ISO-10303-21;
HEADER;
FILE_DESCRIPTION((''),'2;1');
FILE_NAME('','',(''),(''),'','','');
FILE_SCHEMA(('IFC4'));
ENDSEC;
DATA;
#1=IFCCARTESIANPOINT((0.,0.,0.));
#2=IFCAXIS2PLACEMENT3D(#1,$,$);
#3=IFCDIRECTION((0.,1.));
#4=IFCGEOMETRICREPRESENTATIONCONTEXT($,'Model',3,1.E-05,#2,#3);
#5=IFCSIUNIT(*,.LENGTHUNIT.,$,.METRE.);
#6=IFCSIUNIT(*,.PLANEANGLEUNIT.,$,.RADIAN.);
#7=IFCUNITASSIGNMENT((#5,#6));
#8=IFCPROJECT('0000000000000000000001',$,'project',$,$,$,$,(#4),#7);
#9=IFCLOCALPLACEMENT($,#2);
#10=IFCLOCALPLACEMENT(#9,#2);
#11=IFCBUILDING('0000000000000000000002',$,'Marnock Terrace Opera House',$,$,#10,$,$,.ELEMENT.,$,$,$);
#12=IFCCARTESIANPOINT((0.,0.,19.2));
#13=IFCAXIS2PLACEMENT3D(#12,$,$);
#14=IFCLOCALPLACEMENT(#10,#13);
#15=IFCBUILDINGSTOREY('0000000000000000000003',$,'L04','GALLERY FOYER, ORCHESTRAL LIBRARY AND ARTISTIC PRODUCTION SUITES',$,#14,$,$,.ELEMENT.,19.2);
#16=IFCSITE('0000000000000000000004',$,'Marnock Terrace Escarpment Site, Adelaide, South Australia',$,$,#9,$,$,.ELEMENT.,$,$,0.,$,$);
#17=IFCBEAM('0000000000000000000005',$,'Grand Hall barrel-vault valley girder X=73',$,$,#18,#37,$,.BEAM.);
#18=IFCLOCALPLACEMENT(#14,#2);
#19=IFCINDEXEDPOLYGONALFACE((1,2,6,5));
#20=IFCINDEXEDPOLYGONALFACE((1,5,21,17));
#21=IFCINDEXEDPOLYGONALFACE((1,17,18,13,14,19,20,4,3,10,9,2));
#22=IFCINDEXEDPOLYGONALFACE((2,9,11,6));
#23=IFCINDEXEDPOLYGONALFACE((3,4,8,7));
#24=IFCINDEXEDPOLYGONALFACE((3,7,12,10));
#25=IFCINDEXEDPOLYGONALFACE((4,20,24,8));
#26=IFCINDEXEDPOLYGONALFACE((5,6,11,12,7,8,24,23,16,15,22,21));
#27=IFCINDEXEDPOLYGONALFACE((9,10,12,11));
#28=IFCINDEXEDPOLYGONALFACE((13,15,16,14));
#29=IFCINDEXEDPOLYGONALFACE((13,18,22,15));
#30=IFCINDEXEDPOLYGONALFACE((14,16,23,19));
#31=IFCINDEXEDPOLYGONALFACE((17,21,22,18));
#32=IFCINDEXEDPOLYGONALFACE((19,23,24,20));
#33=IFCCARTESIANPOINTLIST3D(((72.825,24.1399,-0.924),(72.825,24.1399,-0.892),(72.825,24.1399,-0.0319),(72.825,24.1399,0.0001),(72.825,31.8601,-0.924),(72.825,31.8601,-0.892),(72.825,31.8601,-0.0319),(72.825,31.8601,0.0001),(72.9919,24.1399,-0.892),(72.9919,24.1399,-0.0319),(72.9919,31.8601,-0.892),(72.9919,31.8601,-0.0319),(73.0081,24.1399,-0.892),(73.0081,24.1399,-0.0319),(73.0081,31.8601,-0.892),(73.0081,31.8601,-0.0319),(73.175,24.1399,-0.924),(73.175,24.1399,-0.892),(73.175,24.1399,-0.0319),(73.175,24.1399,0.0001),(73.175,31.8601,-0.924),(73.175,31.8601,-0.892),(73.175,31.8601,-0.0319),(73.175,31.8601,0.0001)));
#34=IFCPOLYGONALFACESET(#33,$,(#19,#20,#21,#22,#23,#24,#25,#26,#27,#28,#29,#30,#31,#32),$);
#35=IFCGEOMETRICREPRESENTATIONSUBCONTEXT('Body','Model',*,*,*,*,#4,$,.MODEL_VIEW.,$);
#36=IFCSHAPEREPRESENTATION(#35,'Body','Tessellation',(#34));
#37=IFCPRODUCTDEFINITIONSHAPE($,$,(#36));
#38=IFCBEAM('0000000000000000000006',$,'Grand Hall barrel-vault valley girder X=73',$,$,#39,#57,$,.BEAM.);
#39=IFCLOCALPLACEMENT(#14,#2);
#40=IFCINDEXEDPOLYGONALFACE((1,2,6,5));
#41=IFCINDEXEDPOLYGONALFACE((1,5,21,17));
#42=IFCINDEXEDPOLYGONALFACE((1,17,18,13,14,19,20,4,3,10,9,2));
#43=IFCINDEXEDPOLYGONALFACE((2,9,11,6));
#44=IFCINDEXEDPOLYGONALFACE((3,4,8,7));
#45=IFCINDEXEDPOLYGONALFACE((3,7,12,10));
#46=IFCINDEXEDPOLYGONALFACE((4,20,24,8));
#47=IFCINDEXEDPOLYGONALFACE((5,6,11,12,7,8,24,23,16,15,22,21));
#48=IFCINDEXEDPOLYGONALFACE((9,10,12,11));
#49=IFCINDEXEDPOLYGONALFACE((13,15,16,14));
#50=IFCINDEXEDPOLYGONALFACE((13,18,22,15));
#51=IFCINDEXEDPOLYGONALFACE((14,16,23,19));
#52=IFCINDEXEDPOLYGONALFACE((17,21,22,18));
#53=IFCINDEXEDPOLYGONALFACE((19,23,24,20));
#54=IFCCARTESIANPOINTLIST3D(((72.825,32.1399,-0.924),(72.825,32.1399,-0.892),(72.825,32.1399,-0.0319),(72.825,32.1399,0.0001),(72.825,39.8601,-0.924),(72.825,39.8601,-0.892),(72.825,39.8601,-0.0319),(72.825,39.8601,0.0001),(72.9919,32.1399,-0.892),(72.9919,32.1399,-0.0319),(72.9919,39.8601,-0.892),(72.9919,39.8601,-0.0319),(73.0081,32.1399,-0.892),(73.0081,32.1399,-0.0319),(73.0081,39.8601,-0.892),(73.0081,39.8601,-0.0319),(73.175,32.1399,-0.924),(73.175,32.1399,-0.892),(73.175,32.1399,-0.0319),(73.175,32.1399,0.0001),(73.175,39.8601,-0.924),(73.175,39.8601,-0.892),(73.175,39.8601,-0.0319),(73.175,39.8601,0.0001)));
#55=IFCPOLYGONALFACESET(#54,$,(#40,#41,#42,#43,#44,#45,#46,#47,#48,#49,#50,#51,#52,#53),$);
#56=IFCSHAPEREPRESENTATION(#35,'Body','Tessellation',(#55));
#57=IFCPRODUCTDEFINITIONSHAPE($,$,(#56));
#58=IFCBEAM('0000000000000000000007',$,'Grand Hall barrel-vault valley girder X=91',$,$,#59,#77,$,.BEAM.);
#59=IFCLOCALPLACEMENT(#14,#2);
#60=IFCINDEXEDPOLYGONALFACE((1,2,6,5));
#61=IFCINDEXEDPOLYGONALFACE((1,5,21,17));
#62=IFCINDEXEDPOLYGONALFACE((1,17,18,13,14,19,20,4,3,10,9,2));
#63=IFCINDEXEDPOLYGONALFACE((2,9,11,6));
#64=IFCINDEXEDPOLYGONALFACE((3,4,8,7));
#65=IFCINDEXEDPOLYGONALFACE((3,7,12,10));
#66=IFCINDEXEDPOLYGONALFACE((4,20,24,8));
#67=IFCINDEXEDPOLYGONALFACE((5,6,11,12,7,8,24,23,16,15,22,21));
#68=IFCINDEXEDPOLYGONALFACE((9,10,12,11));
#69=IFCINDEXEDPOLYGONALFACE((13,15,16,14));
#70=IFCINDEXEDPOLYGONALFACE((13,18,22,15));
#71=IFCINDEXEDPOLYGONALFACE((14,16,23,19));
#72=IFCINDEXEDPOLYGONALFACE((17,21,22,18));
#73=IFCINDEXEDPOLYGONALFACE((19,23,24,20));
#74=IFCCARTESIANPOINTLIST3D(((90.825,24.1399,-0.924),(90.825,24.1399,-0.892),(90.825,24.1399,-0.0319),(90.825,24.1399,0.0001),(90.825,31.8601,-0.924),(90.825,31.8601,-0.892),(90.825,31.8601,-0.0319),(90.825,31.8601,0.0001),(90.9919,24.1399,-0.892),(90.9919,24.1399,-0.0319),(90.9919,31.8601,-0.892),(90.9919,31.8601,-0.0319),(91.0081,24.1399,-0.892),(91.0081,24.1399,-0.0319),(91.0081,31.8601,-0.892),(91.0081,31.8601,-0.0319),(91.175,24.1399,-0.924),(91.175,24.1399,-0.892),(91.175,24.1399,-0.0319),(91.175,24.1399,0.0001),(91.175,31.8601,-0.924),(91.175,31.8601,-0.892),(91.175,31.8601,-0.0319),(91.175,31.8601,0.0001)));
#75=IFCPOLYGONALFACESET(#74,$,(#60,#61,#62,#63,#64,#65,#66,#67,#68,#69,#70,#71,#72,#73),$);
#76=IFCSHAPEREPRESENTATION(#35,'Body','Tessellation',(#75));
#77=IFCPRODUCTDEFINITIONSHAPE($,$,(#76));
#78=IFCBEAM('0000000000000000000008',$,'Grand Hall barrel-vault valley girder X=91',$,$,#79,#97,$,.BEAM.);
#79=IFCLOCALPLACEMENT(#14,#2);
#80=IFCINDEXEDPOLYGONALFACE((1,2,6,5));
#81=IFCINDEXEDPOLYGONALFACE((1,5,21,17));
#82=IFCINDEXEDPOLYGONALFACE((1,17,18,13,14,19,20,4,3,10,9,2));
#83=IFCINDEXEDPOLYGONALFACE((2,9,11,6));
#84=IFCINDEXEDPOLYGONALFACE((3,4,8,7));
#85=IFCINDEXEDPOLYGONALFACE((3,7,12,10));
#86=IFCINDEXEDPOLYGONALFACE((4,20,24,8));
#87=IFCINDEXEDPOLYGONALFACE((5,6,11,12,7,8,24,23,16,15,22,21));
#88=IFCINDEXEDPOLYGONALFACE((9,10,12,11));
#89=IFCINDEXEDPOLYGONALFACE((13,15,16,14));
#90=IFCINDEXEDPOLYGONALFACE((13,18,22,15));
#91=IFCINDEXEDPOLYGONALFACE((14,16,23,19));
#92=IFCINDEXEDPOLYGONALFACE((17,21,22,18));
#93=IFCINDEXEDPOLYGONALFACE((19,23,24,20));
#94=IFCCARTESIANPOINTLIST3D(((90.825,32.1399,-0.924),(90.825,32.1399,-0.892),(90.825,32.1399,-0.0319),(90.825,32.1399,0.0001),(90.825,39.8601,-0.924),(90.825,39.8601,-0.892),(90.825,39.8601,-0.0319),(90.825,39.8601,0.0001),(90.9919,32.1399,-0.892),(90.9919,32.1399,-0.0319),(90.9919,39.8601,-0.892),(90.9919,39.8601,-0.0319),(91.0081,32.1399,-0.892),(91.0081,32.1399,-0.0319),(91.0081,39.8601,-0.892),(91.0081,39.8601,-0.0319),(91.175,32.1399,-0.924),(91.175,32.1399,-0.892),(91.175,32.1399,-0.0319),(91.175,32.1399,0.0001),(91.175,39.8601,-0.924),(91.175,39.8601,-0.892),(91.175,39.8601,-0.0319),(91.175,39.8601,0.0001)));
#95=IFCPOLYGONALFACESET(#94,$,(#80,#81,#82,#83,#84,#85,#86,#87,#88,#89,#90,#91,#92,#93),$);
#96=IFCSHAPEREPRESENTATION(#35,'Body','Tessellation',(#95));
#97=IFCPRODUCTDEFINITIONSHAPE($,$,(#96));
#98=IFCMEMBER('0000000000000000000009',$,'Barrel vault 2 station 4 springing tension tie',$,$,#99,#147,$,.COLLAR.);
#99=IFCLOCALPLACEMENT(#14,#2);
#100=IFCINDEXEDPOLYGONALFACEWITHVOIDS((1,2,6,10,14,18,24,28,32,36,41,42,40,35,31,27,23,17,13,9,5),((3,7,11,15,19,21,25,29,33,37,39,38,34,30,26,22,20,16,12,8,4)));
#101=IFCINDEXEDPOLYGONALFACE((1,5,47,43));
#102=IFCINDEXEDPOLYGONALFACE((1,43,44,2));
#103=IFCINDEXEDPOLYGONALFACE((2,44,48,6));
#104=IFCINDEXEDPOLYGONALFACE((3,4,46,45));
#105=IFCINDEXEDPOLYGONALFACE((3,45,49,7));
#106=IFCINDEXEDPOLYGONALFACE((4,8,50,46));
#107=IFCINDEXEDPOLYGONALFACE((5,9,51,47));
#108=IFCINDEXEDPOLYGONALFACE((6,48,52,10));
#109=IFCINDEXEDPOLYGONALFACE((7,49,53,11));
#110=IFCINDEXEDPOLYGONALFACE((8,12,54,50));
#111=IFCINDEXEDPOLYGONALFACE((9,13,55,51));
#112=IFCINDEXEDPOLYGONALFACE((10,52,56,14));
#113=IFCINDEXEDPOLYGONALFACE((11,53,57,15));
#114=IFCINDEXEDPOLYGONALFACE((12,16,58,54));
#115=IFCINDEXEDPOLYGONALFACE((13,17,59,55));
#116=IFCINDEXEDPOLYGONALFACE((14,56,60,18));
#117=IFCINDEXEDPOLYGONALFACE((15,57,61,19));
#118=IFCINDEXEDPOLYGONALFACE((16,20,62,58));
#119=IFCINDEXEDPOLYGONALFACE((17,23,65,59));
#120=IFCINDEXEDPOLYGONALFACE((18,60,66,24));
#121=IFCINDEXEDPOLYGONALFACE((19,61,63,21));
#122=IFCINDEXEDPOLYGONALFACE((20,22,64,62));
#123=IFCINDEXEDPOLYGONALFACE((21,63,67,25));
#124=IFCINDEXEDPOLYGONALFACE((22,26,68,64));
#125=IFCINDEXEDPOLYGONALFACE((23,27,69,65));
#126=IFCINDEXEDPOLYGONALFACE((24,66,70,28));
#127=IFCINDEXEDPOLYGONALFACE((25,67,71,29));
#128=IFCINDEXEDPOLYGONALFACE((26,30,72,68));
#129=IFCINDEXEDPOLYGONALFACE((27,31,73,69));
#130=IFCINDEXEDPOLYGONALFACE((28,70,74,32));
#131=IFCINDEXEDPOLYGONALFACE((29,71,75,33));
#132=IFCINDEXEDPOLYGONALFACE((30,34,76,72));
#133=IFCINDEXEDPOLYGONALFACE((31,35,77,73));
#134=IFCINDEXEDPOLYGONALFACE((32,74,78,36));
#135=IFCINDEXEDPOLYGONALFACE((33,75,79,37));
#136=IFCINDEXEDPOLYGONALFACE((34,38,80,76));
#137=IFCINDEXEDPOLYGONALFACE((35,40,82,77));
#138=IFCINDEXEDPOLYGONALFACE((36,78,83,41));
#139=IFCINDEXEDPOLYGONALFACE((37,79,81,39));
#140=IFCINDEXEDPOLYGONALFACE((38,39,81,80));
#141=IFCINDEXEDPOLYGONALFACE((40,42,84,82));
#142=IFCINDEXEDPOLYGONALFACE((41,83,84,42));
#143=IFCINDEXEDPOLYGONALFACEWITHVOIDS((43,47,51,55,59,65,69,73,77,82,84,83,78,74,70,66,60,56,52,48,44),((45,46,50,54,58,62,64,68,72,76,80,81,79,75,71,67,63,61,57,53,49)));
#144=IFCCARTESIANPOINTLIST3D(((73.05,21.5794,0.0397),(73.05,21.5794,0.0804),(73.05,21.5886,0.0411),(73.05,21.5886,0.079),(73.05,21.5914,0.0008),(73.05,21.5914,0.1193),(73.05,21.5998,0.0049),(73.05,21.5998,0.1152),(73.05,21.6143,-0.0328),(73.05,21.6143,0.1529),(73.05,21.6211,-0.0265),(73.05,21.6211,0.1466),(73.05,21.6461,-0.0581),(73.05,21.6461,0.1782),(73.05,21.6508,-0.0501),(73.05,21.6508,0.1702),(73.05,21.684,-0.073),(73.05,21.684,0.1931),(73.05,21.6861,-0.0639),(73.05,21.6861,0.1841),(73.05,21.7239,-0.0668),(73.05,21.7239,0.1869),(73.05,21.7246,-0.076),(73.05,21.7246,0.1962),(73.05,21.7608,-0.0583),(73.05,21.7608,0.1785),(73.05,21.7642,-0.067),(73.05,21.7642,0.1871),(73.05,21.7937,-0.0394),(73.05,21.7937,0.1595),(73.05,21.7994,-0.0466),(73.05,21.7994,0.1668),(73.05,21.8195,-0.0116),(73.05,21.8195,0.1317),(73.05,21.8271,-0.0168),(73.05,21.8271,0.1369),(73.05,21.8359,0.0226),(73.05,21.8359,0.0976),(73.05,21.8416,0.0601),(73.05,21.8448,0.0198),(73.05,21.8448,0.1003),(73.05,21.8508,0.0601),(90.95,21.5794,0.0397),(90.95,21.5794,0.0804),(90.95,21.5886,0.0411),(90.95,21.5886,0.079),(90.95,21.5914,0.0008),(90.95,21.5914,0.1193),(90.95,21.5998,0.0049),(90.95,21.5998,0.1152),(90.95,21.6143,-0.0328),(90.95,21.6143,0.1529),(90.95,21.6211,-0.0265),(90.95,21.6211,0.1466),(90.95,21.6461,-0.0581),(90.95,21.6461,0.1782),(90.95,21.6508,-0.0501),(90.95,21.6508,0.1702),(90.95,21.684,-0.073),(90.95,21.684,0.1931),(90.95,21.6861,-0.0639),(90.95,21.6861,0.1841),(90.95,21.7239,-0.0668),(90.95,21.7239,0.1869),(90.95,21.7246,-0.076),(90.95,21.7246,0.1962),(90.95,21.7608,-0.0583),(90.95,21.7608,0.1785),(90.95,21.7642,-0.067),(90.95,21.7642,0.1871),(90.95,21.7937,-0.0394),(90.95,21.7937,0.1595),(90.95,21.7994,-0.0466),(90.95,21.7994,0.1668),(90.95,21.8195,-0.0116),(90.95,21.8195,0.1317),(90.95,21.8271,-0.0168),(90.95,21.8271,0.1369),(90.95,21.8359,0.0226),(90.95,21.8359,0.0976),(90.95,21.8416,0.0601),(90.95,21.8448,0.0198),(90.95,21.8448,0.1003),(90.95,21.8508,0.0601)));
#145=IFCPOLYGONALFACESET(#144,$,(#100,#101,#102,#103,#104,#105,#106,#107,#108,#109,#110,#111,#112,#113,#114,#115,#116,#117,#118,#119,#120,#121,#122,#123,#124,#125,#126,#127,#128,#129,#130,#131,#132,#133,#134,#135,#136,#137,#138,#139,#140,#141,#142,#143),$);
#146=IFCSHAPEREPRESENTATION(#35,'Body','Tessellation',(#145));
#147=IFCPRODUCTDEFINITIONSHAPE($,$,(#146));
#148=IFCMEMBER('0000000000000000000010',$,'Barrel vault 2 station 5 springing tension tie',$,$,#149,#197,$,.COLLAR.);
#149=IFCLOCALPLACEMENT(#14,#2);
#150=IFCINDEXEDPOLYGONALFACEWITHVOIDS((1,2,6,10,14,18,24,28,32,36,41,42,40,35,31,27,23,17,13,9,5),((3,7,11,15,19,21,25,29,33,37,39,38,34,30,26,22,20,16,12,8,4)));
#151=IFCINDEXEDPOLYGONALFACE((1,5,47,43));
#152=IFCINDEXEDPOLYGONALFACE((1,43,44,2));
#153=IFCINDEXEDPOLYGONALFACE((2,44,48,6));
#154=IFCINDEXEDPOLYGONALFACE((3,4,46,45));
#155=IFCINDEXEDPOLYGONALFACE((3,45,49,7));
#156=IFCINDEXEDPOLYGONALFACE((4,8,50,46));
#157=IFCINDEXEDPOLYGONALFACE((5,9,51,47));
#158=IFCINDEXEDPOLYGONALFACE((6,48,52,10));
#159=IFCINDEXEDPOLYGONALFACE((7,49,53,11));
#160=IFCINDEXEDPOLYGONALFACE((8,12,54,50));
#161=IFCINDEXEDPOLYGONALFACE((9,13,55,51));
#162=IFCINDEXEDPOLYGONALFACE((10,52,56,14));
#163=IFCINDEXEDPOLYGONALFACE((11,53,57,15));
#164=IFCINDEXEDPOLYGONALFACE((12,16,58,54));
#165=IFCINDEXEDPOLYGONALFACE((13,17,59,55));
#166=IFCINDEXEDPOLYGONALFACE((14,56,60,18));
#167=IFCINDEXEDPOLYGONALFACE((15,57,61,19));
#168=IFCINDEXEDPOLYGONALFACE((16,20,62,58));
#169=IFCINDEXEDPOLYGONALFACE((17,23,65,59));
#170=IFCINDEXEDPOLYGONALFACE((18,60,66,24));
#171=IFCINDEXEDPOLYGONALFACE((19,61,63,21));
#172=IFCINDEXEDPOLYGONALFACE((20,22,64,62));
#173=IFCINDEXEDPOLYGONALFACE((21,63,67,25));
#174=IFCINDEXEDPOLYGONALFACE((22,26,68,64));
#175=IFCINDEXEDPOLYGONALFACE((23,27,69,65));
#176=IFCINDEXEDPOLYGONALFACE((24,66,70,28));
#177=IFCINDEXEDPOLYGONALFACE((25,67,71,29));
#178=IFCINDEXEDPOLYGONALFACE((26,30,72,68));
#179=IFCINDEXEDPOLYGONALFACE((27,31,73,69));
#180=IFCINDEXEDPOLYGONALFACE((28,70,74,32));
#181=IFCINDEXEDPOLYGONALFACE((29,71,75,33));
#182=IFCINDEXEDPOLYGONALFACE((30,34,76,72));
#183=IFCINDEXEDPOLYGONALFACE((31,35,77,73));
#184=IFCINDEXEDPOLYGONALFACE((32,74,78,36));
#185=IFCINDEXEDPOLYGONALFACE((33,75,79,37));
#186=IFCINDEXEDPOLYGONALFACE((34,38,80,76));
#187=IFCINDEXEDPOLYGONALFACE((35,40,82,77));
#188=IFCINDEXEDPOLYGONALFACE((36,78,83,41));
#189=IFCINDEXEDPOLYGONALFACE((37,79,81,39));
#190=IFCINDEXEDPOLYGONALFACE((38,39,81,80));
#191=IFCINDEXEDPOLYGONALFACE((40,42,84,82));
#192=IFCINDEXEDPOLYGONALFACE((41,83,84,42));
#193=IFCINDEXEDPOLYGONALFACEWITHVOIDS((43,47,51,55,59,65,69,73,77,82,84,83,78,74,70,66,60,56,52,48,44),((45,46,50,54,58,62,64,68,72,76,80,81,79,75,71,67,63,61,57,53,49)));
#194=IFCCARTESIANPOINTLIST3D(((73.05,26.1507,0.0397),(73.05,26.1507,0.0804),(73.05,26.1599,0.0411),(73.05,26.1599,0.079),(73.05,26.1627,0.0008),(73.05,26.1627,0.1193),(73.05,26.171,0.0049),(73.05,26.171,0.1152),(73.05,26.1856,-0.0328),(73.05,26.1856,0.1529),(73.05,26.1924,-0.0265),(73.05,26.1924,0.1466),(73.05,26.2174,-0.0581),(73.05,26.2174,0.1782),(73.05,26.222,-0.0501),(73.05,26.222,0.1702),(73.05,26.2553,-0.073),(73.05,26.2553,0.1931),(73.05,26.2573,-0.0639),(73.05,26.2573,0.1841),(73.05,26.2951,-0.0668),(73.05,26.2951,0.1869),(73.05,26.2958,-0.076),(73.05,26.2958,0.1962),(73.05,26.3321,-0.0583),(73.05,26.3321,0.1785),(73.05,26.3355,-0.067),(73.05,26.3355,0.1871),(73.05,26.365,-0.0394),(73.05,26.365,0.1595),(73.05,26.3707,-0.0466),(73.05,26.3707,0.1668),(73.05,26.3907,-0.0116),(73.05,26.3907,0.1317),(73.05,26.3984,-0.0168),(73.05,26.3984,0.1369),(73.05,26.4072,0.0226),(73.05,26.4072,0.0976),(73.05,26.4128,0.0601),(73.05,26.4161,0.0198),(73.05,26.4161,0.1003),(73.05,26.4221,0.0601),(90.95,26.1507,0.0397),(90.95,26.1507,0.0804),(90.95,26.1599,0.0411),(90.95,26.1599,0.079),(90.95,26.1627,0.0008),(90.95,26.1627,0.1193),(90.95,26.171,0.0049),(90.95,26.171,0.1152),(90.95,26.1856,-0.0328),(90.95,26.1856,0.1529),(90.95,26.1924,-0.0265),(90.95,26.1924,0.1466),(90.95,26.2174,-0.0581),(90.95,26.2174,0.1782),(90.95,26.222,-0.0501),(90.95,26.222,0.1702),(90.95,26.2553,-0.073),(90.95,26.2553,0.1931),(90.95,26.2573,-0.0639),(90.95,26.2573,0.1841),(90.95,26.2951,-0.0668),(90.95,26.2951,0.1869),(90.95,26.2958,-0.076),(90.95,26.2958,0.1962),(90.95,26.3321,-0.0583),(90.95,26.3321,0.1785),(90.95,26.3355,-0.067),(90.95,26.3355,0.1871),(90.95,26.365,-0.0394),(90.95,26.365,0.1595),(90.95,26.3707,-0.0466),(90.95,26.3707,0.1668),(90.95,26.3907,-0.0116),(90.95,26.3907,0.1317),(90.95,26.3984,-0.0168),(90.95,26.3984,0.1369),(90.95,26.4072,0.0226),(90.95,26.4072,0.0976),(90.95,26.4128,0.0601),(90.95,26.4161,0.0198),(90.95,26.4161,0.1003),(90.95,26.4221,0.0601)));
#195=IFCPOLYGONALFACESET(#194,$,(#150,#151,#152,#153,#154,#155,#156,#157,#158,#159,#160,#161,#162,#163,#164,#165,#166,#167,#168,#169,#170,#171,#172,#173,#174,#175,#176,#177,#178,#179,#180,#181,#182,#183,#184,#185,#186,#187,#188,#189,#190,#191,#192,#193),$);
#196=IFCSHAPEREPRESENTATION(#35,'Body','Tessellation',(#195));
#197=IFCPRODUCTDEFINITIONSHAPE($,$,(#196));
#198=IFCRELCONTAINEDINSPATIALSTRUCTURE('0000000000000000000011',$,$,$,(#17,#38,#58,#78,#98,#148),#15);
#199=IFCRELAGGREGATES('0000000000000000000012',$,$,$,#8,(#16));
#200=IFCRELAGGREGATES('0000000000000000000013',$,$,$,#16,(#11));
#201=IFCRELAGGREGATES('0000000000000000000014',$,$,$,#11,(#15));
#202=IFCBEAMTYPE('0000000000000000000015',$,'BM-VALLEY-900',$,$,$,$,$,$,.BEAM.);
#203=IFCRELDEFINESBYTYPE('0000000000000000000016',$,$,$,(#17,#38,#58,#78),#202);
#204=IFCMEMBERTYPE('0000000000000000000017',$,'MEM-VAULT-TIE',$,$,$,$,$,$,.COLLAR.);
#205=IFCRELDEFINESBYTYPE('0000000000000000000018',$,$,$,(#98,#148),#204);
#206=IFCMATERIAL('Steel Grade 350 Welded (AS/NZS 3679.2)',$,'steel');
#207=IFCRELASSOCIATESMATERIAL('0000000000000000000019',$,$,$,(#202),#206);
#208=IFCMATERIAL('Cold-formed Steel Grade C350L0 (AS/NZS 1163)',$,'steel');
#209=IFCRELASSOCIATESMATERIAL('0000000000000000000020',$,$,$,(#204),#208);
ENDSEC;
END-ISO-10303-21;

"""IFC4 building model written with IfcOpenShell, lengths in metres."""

from ifc_helpers import new_model, si_unit, direction, frame, origin, origin_2d, place, context, subcontext, project, spatial, hollow_circle, i_section, extrude, material, material_profile, profile_set, type_object, element, save


model = new_model("IFC4")

# Units and contexts
model_context = context("Model", 3, precision=1e-05, world=origin(), true_north=direction((0.0, 1.0)))
body_context = subcontext(model_context, "Body", "Model", "MODEL_VIEW")
ifc_project = project(units=[si_unit("LENGTHUNIT", "METRE"), si_unit("PLANEANGLEUNIT", "RADIAN")], contexts=[model_context])

# Site, building, storey
site_placement = place(None, origin())
site = spatial("IfcSite", under=ifc_project, at=site_placement, Name="Marnock Terrace Escarpment Site, Adelaide, South Australia", CompositionType="ELEMENT", RefElevation=0.0)
building_placement = place(site_placement, origin())
building = spatial("IfcBuilding", under=site, at=building_placement, Name="Marnock Terrace Opera House", CompositionType="ELEMENT")
storey_placement = place(building_placement, frame((0.0, 0.0, 19.2)))
storey = spatial("IfcBuildingStorey", under=building, at=storey_placement, Name="L04", Description="GALLERY FOYER, ORCHESTRAL LIBRARY AND ARTISTIC PRODUCTION SUITES", CompositionType="ELEMENT", Elevation=19.2)

# Beams
ifc_material_1 = material(Name="Steel Grade 350 Welded (AS/NZS 3679.2)", Category="steel")
ifc_material_profile_1 = material_profile(ifc_material_1, i_section(OverallWidth=0.3501, OverallDepth=0.9241, WebThickness=0.0161, FlangeThickness=0.032, at=origin_2d()))
ifc_profile_set_1 = profile_set([ifc_material_profile_1], Name="Steel Grade 350 Welded (AS/NZS 3679.2)")
beam_type = type_object("IfcBeamType", Name="BM-VALLEY-900", PredefinedType="BEAM", material=ifc_profile_set_1)
for number, where, z_axis, x_axis, name in (
    (1, (73.0, 24.1399, -0.4619), (0.0, 1.0, 0.0), (-1.0, 0.0, 0.0), "Grand Hall barrel-vault valley girder X=73"),
    (2, (73.0, 32.1399, -0.4619), (0.0, 1.0, 0.0), (-1.0, 0.0, 0.0), "Grand Hall barrel-vault valley girder X=73"),
    (3, (91.0, 24.1399, -0.4619), (0.0, 1.0, 0.0), (-1.0, 0.0, 0.0), "Grand Hall barrel-vault valley girder X=91"),
    (4, (91.0, 32.1399, -0.4619), (0.0, 1.0, 0.0), (-1.0, 0.0, 0.0), "Grand Hall barrel-vault valley girder X=91"),
):
    element("IfcBeam", number, at=place(storey_placement, frame(where, z_axis=z_axis, x_axis=x_axis)), inside=storey, type_object=beam_type, Name=name, PredefinedType="BEAM", context=body_context, shape_type="SweptSolid", body=[
        extrude(i_section(OverallWidth=0.3501, OverallDepth=0.9241, WebThickness=0.0161, FlangeThickness=0.032, at=origin_2d()), origin(), (0.0, 0.0, 1.0), 7.7202),
    ])

# Members
ifc_material_2 = material(Name="Cold-formed Steel Grade C350L0 (AS/NZS 1163)", Category="steel")
ifc_material_profile_2 = material_profile(ifc_material_2, hollow_circle(Radius=0.1365, WallThickness=0.0093, at=origin_2d()))
ifc_profile_set_2 = profile_set([ifc_material_profile_2], Name="Cold-formed Steel Grade C350L0 (AS/NZS 1163)")
member_type = type_object("IfcMemberType", Name="MEM-VAULT-TIE", PredefinedType="COLLAR", material=ifc_profile_set_2)
for number, where, z_axis, x_axis, name in (
    (5, (73.05, 21.7144, 0.0601), (1.0, 0.0, 0.0), (0.0, 1.0, 0.0), "Barrel vault 2 station 4 springing tension tie"),
    (6, (73.05, 26.2856, 0.0601), (1.0, 0.0, 0.0), (0.0, 1.0, 0.0), "Barrel vault 2 station 5 springing tension tie"),
):
    element("IfcMember", number, at=place(storey_placement, frame(where, z_axis=z_axis, x_axis=x_axis)), inside=storey, type_object=member_type, Name=name, PredefinedType="COLLAR", context=body_context, shape_type="SweptSolid", body=[
        extrude(hollow_circle(Radius=0.1365, WallThickness=0.0093, at=origin_2d()), origin(), (0.0, 0.0, 1.0), 17.8999),
    ])

save(model, "model.ifc")
